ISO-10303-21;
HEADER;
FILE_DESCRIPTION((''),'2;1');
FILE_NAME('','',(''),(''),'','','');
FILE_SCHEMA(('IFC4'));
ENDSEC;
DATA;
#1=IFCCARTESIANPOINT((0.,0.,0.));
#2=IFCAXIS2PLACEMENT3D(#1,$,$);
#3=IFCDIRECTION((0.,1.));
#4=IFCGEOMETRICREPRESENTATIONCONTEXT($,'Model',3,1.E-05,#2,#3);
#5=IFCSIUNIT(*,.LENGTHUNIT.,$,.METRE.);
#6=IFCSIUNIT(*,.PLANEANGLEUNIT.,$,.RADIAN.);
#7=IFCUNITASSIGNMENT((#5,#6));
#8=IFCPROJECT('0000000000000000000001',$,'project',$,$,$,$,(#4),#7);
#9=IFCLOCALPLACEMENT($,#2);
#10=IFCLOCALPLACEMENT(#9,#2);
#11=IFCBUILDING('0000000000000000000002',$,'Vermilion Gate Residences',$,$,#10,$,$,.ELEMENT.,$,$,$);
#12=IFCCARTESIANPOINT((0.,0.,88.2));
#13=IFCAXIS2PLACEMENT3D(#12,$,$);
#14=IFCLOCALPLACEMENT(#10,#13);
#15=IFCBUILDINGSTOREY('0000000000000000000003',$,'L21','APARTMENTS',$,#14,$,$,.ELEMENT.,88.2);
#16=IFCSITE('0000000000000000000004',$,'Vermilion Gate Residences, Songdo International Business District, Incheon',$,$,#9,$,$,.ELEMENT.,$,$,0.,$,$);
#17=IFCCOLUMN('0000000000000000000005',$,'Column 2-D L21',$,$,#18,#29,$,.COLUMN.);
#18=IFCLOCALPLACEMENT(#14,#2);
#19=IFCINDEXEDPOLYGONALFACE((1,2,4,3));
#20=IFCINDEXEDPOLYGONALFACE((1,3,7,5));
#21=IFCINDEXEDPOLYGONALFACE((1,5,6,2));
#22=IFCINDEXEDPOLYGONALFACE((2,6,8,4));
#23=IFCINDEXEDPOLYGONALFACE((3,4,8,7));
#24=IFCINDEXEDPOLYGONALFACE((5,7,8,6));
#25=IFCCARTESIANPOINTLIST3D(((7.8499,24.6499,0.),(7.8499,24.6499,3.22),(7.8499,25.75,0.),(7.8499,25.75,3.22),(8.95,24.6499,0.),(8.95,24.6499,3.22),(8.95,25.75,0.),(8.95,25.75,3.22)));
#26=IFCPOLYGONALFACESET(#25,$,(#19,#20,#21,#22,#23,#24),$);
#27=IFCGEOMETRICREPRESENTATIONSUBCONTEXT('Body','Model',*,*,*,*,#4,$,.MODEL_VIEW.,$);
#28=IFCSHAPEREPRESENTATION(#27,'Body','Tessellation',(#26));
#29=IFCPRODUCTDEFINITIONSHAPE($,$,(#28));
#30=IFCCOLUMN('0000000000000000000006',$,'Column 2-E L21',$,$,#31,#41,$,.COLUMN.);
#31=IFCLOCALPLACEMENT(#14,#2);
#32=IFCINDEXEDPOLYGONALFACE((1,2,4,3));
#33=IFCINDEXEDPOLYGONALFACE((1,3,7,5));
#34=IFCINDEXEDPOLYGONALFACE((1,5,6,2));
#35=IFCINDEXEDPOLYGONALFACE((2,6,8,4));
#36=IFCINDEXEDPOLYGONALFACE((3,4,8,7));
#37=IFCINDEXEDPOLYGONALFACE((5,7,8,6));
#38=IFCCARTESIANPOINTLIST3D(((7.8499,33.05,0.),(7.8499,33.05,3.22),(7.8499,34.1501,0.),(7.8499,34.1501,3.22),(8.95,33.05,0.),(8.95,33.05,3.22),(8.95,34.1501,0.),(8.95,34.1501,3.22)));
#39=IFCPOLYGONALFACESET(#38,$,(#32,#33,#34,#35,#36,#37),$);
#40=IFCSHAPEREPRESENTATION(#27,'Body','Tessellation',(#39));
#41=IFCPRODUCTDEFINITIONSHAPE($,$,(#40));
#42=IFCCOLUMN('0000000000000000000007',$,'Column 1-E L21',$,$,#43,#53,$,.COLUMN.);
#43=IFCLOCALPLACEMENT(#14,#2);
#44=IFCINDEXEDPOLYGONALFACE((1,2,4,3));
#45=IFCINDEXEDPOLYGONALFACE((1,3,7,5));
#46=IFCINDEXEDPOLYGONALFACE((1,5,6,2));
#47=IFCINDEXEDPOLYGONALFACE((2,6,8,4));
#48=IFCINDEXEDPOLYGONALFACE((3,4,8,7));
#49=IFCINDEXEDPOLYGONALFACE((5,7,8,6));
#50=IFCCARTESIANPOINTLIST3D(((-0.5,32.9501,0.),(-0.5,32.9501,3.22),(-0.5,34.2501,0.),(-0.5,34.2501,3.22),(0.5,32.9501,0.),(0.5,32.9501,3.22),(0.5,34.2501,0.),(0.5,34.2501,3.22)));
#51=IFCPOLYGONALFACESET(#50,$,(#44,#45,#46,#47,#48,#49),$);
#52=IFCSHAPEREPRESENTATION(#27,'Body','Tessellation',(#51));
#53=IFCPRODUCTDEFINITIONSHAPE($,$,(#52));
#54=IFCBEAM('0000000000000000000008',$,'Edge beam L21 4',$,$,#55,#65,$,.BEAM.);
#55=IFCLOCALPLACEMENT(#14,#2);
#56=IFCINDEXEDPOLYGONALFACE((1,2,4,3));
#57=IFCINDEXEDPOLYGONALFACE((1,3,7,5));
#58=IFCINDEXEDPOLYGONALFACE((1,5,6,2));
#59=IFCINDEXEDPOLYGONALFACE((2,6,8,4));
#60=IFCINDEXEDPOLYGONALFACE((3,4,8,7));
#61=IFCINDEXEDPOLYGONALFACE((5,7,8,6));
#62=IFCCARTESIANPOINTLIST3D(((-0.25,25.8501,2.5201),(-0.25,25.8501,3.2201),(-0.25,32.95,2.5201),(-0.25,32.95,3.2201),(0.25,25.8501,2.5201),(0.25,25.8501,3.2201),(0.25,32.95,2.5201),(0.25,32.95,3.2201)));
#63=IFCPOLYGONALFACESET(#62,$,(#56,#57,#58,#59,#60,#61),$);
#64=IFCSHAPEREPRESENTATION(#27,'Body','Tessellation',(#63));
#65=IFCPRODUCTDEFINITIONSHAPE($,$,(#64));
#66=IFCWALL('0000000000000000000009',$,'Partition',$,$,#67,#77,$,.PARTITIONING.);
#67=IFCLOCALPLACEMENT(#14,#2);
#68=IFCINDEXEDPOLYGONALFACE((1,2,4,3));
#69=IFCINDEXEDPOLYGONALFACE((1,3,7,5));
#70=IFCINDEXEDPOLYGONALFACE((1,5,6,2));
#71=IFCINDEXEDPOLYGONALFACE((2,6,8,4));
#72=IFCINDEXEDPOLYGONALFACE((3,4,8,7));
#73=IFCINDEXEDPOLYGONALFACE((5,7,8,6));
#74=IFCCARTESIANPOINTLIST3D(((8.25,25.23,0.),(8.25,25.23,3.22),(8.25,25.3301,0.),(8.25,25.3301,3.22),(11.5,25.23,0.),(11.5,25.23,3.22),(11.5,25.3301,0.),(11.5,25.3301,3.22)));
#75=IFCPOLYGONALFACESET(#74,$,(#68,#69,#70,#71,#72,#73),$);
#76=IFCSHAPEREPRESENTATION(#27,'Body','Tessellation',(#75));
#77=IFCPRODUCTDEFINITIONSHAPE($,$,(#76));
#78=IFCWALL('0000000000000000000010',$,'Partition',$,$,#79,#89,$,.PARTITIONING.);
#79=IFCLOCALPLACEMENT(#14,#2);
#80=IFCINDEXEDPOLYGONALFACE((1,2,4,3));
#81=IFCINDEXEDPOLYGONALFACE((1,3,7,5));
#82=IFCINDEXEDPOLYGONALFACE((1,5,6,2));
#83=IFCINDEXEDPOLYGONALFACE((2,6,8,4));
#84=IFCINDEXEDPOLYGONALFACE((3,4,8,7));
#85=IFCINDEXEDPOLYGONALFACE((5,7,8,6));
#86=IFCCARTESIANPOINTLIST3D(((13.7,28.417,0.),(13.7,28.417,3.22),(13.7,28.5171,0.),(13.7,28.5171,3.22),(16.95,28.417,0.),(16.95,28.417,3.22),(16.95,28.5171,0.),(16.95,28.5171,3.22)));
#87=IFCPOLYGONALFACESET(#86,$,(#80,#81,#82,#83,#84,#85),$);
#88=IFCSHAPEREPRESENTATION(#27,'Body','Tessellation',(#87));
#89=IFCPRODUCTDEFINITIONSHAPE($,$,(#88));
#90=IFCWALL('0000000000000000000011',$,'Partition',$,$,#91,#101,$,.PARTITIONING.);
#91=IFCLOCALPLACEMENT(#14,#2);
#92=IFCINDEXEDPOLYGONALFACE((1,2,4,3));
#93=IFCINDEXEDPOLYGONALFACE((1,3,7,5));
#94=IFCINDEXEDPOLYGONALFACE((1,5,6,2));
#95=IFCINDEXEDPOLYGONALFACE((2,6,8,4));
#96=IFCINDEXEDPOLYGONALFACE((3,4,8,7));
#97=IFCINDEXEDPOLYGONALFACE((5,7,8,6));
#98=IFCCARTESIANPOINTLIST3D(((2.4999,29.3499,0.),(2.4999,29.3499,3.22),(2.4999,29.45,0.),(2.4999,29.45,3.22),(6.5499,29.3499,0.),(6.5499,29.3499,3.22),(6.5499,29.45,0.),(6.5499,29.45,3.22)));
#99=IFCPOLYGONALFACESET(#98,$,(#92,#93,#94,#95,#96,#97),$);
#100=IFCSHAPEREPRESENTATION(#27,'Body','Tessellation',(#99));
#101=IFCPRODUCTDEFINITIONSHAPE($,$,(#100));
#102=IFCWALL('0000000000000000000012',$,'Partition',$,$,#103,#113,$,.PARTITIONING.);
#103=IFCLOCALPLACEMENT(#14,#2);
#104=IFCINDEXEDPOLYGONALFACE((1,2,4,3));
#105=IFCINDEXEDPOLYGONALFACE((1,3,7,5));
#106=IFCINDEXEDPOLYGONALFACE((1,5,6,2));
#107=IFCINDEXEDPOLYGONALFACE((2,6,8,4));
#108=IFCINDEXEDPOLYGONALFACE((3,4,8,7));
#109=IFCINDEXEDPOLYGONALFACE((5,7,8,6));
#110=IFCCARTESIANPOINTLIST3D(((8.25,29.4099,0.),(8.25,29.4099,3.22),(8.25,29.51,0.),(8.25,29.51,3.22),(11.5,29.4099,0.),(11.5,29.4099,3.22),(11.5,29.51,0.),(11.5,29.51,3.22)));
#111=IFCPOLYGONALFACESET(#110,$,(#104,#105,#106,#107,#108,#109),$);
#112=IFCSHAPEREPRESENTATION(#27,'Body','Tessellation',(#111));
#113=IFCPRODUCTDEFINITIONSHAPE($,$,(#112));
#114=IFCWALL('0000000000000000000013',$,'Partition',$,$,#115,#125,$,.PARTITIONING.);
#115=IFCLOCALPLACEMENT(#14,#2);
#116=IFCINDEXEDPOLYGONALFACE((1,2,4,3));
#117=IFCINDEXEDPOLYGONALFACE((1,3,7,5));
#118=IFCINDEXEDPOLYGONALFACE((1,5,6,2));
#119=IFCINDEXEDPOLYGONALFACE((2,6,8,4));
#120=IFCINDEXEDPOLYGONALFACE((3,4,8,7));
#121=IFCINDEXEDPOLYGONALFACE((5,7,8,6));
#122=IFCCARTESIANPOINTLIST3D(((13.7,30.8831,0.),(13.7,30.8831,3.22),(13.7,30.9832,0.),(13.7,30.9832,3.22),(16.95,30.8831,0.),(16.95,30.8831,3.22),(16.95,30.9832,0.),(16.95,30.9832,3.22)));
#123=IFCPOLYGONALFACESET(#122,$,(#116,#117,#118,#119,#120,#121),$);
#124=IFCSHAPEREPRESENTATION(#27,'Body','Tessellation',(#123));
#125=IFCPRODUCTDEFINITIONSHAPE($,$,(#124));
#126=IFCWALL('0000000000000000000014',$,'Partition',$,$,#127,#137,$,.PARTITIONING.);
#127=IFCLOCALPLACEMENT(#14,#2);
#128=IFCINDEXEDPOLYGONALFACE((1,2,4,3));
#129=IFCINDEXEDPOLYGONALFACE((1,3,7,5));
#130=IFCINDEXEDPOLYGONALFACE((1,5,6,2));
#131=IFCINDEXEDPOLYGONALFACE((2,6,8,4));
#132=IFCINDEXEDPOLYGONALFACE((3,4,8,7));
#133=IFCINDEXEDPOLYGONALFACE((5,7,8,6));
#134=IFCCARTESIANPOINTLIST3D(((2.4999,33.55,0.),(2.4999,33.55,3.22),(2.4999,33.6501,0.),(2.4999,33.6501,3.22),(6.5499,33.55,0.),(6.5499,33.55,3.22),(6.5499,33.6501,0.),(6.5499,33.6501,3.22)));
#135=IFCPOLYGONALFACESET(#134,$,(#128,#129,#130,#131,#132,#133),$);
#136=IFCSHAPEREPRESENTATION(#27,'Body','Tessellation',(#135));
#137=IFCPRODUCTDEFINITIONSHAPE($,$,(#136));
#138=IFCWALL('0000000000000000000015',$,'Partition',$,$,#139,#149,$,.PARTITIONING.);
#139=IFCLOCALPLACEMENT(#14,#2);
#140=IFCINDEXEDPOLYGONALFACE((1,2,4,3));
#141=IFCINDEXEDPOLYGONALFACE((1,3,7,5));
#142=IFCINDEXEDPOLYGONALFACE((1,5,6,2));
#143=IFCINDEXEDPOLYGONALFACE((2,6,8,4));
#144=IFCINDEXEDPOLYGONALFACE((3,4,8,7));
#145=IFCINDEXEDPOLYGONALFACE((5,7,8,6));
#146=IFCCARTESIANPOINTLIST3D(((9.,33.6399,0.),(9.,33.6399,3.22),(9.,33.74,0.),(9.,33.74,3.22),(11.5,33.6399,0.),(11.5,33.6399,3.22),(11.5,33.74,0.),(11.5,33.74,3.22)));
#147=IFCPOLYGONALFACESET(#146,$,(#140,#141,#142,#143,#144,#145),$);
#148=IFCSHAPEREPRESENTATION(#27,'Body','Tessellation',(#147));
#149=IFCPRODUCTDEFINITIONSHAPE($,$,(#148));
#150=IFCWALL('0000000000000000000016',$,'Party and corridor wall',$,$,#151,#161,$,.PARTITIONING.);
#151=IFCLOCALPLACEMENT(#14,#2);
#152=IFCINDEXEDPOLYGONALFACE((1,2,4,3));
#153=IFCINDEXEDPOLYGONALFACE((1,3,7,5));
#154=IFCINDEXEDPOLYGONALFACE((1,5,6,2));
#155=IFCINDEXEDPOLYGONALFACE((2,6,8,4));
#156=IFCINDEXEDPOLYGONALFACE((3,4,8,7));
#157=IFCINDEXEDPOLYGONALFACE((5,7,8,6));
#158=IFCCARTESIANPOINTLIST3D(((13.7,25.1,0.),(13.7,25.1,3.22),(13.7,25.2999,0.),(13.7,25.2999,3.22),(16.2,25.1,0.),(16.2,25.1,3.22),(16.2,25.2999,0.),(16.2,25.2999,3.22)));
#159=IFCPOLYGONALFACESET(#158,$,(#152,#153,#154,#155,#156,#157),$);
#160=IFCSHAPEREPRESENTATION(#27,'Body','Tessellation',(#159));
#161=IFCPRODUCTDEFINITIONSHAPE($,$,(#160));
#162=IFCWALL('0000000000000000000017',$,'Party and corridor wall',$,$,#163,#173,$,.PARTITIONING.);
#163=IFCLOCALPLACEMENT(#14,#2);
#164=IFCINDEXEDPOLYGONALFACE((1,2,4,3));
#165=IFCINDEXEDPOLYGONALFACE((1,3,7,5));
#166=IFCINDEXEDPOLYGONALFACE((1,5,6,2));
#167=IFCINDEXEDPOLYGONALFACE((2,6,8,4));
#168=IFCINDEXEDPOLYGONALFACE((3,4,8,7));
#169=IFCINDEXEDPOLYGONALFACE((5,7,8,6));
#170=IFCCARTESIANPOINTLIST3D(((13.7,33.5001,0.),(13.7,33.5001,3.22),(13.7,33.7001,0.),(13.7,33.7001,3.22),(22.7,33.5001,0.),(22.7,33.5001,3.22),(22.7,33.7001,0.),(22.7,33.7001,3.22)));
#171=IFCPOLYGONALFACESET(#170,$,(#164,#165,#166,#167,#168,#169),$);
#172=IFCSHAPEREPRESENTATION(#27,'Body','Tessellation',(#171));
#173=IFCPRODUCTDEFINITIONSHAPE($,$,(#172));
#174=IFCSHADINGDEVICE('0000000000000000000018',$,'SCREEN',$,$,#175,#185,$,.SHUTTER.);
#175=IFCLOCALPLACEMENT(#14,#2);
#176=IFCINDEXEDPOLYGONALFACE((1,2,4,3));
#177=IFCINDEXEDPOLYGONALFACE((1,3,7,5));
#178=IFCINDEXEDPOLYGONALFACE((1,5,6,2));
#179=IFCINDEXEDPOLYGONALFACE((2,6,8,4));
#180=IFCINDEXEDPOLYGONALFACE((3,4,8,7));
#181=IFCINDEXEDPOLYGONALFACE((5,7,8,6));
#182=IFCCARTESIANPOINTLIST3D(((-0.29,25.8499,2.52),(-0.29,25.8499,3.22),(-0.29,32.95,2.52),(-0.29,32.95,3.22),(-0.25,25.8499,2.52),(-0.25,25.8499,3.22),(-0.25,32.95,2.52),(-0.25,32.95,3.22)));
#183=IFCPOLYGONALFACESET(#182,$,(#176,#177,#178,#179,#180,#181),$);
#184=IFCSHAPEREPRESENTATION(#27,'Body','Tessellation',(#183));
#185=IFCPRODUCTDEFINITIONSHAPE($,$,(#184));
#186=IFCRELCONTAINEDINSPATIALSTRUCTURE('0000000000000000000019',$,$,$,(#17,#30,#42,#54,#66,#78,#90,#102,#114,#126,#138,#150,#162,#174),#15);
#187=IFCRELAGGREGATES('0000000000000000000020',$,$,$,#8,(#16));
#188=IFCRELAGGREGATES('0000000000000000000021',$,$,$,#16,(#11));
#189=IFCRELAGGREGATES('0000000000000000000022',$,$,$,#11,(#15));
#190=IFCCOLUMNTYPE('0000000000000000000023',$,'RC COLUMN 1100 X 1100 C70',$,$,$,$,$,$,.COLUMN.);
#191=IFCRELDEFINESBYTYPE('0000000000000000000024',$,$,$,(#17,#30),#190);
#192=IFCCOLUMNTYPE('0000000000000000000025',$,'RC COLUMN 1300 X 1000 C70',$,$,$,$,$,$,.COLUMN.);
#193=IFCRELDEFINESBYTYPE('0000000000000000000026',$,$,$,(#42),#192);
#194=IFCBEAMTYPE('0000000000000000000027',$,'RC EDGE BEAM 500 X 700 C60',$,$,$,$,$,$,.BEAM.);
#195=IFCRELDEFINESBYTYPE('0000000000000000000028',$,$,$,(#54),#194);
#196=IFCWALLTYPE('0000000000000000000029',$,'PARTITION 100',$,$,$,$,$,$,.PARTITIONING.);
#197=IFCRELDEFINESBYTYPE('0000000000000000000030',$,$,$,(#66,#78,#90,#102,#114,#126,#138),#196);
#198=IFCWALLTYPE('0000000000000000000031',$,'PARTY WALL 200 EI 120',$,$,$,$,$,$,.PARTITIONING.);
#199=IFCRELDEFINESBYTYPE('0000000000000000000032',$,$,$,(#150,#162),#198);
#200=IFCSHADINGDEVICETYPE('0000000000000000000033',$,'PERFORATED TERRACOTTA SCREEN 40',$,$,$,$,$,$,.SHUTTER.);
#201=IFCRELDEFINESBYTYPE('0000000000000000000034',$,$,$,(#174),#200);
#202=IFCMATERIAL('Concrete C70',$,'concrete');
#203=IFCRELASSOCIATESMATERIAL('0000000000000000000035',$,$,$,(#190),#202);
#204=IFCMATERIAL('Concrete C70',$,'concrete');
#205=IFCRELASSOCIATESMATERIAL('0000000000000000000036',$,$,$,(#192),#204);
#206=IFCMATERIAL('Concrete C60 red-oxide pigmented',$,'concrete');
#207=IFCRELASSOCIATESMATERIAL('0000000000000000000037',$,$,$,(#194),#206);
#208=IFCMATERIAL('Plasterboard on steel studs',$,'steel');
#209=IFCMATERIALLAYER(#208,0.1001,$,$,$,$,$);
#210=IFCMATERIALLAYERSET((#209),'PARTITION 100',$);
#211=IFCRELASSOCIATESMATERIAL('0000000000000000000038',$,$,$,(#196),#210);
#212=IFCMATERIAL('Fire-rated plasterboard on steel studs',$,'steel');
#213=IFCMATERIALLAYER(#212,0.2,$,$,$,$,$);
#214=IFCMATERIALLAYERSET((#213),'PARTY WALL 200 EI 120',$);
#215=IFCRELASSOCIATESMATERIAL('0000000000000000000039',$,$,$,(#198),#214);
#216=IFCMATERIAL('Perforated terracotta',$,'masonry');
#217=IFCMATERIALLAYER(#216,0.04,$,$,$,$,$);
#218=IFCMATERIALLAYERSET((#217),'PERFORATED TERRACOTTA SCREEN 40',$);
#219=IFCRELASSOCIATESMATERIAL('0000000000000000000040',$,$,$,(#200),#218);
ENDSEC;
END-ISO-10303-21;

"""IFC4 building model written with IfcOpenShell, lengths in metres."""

from ifc_helpers import new_model, si_unit, direction, frame, frame_2d, origin, origin_2d, place, context, subcontext, project, spatial, rectangle, extrude, material, layer, layer_set, material_profile, profile_set, type_object, element, save


model = new_model("IFC4")

# Units and contexts
model_context = context("Model", 3, precision=1e-05, world=origin(), true_north=direction((0.0, 1.0)))
body_context = subcontext(model_context, "Body", "Model", "MODEL_VIEW")
ifc_project = project(units=[si_unit("LENGTHUNIT", "METRE"), si_unit("PLANEANGLEUNIT", "RADIAN")], contexts=[model_context])

# Site, building, storey
site_placement = place(None, origin())
site = spatial("IfcSite", under=ifc_project, at=site_placement, Name="Vermilion Gate Residences, Songdo International Business District, Incheon", CompositionType="ELEMENT", RefElevation=0.0)
building_placement = place(site_placement, origin())
building = spatial("IfcBuilding", under=site, at=building_placement, Name="Vermilion Gate Residences", CompositionType="ELEMENT")
storey_placement = place(building_placement, frame((0.0, 0.0, 88.2)))
storey = spatial("IfcBuildingStorey", under=building, at=storey_placement, Name="L21", Description="APARTMENTS", CompositionType="ELEMENT", Elevation=88.2)

# Columns
ifc_material_1 = material(Name="Concrete C70", Category="concrete")
ifc_material_profile_1 = material_profile(ifc_material_1, rectangle(XDim=1.1001, YDim=1.1001, at=origin_2d()), Name="RC-1100x1100")
ifc_profile_set_1 = profile_set([ifc_material_profile_1], Name="Concrete C70")
column_type_1 = type_object("IfcColumnType", Name="RC COLUMN 1100 X 1100 C70", PredefinedType="COLUMN", material=ifc_profile_set_1)
for number, where, z_axis, x_axis, name in (
    (1, (8.3999, 25.2, 0.0), (0.0, 0.0, 1.0), (1.0, 0.0, 0.0), "Column 2-D L21"),
    (2, (8.3999, 33.6001, 0.0), (0.0, 0.0, 1.0), (1.0, 0.0, 0.0), "Column 2-E L21"),
):
    element("IfcColumn", number, at=place(storey_placement, frame(where, z_axis=z_axis, x_axis=x_axis)), inside=storey, type_object=column_type_1, Name=name, PredefinedType="COLUMN", context=body_context, shape_type="SweptSolid", body=[
        extrude(rectangle(XDim=1.1001, YDim=1.1001, at=origin_2d()), origin(), (0.0, 0.0, 1.0), 3.22),
    ])
ifc_material_2 = material(Name="Concrete C70", Category="concrete")
ifc_material_profile_2 = material_profile(ifc_material_2, rectangle(XDim=1.3, YDim=1.0, at=origin_2d()), Name="RC-1300x1000")
ifc_profile_set_2 = profile_set([ifc_material_profile_2], Name="Concrete C70")
column_type_2 = type_object("IfcColumnType", Name="RC COLUMN 1300 X 1000 C70", PredefinedType="COLUMN", material=ifc_profile_set_2)
column_placement = place(storey_placement, frame((0.0, 33.6001, 0.0), z_axis=(0.0, 0.0, 1.0), x_axis=(0.0, 1.0, 0.0)))
element("IfcColumn", 3, at=column_placement, inside=storey, type_object=column_type_2, Name="Column 1-E L21", PredefinedType="COLUMN", context=body_context, shape_type="SweptSolid", body=[
    extrude(rectangle(XDim=1.3, YDim=1.0, at=origin_2d()), origin(), (0.0, 0.0, 1.0), 3.22),
])

# Beam
ifc_material_3 = material(Name="Concrete C60 red-oxide pigmented", Category="concrete")
ifc_material_profile_3 = material_profile(ifc_material_3, rectangle(XDim=0.5, YDim=0.7, at=origin_2d()), Name="RC-500x700")
ifc_profile_set_3 = profile_set([ifc_material_profile_3], Name="Concrete C60 red-oxide pigmented")
beam_type = type_object("IfcBeamType", Name="RC EDGE BEAM 500 X 700 C60", PredefinedType="BEAM", material=ifc_profile_set_3)
beam_placement = place(storey_placement, frame((0.0, 25.8501, 2.8701), z_axis=(0.0, 1.0, 0.0), x_axis=(-1.0, 0.0, 0.0)))
element("IfcBeam", 4, at=beam_placement, inside=storey, type_object=beam_type, Name="Edge beam L21 4", PredefinedType="BEAM", context=body_context, shape_type="SweptSolid", body=[
    extrude(rectangle(XDim=0.5, YDim=0.7, at=origin_2d()), origin(), (0.0, 0.0, 1.0), 7.0999),
])

# Walls
ifc_material_4 = material(Name="Plasterboard on steel studs", Category="steel")
ifc_layer_1 = layer(ifc_material_4, 0.1001)
ifc_layer_set_1 = layer_set([ifc_layer_1], Name="PARTITION 100")
wall_type_1 = type_object("IfcWallType", Name="PARTITION 100", PredefinedType="PARTITIONING", material=ifc_layer_set_1)
for number, where, z_axis, x_axis, name in (
    (5, (8.25, 25.28, 0.0), (0.0, 0.0, 1.0), (1.0, 0.0, 0.0), "Partition"),
    (6, (13.7, 28.467, 0.0), (0.0, 0.0, 1.0), (1.0, 0.0, 0.0), "Partition"),
):
    element("IfcWall", number, at=place(storey_placement, frame(where, z_axis=z_axis, x_axis=x_axis)), inside=storey, type_object=wall_type_1, Name=name, PredefinedType="PARTITIONING", context=body_context, shape_type="SweptSolid", body=[
        extrude(rectangle(XDim=3.25, YDim=0.1001, at=frame_2d((1.625, 0.0))), origin(), (0.0, 0.0, 1.0), 3.22),
    ])
wall_1_placement = place(storey_placement, frame((2.5, 29.3999, 0.0), z_axis=(0.0, 0.0, 1.0), x_axis=(1.0, 0.0, 0.0)))
element("IfcWall", 7, at=wall_1_placement, inside=storey, type_object=wall_type_1, Name="Partition", PredefinedType="PARTITIONING", context=body_context, shape_type="SweptSolid", body=[
    extrude(rectangle(XDim=4.05, YDim=0.1001, at=frame_2d((2.0249, 0.0))), origin(), (0.0, 0.0, 1.0), 3.22),
])
for number, where, z_axis, x_axis, name in (
    (8, (8.25, 29.46, 0.0), (0.0, 0.0, 1.0), (1.0, 0.0, 0.0), "Partition"),
    (9, (13.7, 30.9331, 0.0), (0.0, 0.0, 1.0), (1.0, 0.0, 0.0), "Partition"),
):
    element("IfcWall", number, at=place(storey_placement, frame(where, z_axis=z_axis, x_axis=x_axis)), inside=storey, type_object=wall_type_1, Name=name, PredefinedType="PARTITIONING", context=body_context, shape_type="SweptSolid", body=[
        extrude(rectangle(XDim=3.25, YDim=0.1001, at=frame_2d((1.625, 0.0))), origin(), (0.0, 0.0, 1.0), 3.22),
    ])
wall_2_placement = place(storey_placement, frame((2.5, 33.6001, 0.0), z_axis=(0.0, 0.0, 1.0), x_axis=(1.0, 0.0, 0.0)))
element("IfcWall", 10, at=wall_2_placement, inside=storey, type_object=wall_type_1, Name="Partition", PredefinedType="PARTITIONING", context=body_context, shape_type="SweptSolid", body=[
    extrude(rectangle(XDim=4.05, YDim=0.1001, at=frame_2d((2.0249, 0.0))), origin(), (0.0, 0.0, 1.0), 3.22),
])
wall_3_placement = place(storey_placement, frame((9.0, 33.6899, 0.0), z_axis=(0.0, 0.0, 1.0), x_axis=(1.0, 0.0, 0.0)))
element("IfcWall", 11, at=wall_3_placement, inside=storey, type_object=wall_type_1, Name="Partition", PredefinedType="PARTITIONING", context=body_context, shape_type="SweptSolid", body=[
    extrude(rectangle(XDim=2.5, YDim=0.1001, at=frame_2d((1.25, 0.0))), origin(), (0.0, 0.0, 1.0), 3.22),
])
ifc_material_5 = material(Name="Fire-rated plasterboard on steel studs", Category="steel")
ifc_layer_2 = layer(ifc_material_5, 0.2)
ifc_layer_set_2 = layer_set([ifc_layer_2], Name="PARTY WALL 200 EI 120")
wall_type_2 = type_object("IfcWallType", Name="PARTY WALL 200 EI 120", PredefinedType="PARTITIONING", material=ifc_layer_set_2)
wall_4_placement = place(storey_placement, frame((13.7, 25.2, 0.0), z_axis=(0.0, 0.0, 1.0), x_axis=(1.0, 0.0, 0.0)))
element("IfcWall", 12, at=wall_4_placement, inside=storey, type_object=wall_type_2, Name="Party and corridor wall", PredefinedType="PARTITIONING", context=body_context, shape_type="SweptSolid", body=[
    extrude(rectangle(XDim=2.5, YDim=0.2, at=frame_2d((1.25, 0.0))), origin(), (0.0, 0.0, 1.0), 3.22),
])
wall_5_placement = place(storey_placement, frame((13.7, 33.6001, 0.0), z_axis=(0.0, 0.0, 1.0), x_axis=(1.0, 0.0, 0.0)))
element("IfcWall", 13, at=wall_5_placement, inside=storey, type_object=wall_type_2, Name="Party and corridor wall", PredefinedType="PARTITIONING", context=body_context, shape_type="SweptSolid", body=[
    extrude(rectangle(XDim=9.0, YDim=0.2, at=frame_2d((4.5, 0.0))), origin(), (0.0, 0.0, 1.0), 3.22),
])

# Shading device
ifc_material_6 = material(Name="Perforated terracotta", Category="masonry")
ifc_layer_3 = layer(ifc_material_6, 0.04)
ifc_layer_set_3 = layer_set([ifc_layer_3], Name="PERFORATED TERRACOTTA SCREEN 40")
shading_device_type_1 = type_object("IfcShadingDeviceType", Name="PERFORATED TERRACOTTA SCREEN 40", PredefinedType="SHUTTER", material=ifc_layer_set_3)
shading_device_1_placement = place(storey_placement, frame((-0.27, 29.3999, 2.52), z_axis=(0.0, 0.0, 1.0), x_axis=(0.0, -1.0, 0.0)))
element("IfcShadingDevice", 14, at=shading_device_1_placement, inside=storey, type_object=shading_device_type_1, Name="SCREEN", PredefinedType="SHUTTER", context=body_context, shape_type="SweptSolid", body=[
    extrude(rectangle(XDim=7.1001, YDim=0.04, at=origin_2d()), origin(), (0.0, 0.0, 1.0), 0.7),
])

save(model, "model.ifc")
